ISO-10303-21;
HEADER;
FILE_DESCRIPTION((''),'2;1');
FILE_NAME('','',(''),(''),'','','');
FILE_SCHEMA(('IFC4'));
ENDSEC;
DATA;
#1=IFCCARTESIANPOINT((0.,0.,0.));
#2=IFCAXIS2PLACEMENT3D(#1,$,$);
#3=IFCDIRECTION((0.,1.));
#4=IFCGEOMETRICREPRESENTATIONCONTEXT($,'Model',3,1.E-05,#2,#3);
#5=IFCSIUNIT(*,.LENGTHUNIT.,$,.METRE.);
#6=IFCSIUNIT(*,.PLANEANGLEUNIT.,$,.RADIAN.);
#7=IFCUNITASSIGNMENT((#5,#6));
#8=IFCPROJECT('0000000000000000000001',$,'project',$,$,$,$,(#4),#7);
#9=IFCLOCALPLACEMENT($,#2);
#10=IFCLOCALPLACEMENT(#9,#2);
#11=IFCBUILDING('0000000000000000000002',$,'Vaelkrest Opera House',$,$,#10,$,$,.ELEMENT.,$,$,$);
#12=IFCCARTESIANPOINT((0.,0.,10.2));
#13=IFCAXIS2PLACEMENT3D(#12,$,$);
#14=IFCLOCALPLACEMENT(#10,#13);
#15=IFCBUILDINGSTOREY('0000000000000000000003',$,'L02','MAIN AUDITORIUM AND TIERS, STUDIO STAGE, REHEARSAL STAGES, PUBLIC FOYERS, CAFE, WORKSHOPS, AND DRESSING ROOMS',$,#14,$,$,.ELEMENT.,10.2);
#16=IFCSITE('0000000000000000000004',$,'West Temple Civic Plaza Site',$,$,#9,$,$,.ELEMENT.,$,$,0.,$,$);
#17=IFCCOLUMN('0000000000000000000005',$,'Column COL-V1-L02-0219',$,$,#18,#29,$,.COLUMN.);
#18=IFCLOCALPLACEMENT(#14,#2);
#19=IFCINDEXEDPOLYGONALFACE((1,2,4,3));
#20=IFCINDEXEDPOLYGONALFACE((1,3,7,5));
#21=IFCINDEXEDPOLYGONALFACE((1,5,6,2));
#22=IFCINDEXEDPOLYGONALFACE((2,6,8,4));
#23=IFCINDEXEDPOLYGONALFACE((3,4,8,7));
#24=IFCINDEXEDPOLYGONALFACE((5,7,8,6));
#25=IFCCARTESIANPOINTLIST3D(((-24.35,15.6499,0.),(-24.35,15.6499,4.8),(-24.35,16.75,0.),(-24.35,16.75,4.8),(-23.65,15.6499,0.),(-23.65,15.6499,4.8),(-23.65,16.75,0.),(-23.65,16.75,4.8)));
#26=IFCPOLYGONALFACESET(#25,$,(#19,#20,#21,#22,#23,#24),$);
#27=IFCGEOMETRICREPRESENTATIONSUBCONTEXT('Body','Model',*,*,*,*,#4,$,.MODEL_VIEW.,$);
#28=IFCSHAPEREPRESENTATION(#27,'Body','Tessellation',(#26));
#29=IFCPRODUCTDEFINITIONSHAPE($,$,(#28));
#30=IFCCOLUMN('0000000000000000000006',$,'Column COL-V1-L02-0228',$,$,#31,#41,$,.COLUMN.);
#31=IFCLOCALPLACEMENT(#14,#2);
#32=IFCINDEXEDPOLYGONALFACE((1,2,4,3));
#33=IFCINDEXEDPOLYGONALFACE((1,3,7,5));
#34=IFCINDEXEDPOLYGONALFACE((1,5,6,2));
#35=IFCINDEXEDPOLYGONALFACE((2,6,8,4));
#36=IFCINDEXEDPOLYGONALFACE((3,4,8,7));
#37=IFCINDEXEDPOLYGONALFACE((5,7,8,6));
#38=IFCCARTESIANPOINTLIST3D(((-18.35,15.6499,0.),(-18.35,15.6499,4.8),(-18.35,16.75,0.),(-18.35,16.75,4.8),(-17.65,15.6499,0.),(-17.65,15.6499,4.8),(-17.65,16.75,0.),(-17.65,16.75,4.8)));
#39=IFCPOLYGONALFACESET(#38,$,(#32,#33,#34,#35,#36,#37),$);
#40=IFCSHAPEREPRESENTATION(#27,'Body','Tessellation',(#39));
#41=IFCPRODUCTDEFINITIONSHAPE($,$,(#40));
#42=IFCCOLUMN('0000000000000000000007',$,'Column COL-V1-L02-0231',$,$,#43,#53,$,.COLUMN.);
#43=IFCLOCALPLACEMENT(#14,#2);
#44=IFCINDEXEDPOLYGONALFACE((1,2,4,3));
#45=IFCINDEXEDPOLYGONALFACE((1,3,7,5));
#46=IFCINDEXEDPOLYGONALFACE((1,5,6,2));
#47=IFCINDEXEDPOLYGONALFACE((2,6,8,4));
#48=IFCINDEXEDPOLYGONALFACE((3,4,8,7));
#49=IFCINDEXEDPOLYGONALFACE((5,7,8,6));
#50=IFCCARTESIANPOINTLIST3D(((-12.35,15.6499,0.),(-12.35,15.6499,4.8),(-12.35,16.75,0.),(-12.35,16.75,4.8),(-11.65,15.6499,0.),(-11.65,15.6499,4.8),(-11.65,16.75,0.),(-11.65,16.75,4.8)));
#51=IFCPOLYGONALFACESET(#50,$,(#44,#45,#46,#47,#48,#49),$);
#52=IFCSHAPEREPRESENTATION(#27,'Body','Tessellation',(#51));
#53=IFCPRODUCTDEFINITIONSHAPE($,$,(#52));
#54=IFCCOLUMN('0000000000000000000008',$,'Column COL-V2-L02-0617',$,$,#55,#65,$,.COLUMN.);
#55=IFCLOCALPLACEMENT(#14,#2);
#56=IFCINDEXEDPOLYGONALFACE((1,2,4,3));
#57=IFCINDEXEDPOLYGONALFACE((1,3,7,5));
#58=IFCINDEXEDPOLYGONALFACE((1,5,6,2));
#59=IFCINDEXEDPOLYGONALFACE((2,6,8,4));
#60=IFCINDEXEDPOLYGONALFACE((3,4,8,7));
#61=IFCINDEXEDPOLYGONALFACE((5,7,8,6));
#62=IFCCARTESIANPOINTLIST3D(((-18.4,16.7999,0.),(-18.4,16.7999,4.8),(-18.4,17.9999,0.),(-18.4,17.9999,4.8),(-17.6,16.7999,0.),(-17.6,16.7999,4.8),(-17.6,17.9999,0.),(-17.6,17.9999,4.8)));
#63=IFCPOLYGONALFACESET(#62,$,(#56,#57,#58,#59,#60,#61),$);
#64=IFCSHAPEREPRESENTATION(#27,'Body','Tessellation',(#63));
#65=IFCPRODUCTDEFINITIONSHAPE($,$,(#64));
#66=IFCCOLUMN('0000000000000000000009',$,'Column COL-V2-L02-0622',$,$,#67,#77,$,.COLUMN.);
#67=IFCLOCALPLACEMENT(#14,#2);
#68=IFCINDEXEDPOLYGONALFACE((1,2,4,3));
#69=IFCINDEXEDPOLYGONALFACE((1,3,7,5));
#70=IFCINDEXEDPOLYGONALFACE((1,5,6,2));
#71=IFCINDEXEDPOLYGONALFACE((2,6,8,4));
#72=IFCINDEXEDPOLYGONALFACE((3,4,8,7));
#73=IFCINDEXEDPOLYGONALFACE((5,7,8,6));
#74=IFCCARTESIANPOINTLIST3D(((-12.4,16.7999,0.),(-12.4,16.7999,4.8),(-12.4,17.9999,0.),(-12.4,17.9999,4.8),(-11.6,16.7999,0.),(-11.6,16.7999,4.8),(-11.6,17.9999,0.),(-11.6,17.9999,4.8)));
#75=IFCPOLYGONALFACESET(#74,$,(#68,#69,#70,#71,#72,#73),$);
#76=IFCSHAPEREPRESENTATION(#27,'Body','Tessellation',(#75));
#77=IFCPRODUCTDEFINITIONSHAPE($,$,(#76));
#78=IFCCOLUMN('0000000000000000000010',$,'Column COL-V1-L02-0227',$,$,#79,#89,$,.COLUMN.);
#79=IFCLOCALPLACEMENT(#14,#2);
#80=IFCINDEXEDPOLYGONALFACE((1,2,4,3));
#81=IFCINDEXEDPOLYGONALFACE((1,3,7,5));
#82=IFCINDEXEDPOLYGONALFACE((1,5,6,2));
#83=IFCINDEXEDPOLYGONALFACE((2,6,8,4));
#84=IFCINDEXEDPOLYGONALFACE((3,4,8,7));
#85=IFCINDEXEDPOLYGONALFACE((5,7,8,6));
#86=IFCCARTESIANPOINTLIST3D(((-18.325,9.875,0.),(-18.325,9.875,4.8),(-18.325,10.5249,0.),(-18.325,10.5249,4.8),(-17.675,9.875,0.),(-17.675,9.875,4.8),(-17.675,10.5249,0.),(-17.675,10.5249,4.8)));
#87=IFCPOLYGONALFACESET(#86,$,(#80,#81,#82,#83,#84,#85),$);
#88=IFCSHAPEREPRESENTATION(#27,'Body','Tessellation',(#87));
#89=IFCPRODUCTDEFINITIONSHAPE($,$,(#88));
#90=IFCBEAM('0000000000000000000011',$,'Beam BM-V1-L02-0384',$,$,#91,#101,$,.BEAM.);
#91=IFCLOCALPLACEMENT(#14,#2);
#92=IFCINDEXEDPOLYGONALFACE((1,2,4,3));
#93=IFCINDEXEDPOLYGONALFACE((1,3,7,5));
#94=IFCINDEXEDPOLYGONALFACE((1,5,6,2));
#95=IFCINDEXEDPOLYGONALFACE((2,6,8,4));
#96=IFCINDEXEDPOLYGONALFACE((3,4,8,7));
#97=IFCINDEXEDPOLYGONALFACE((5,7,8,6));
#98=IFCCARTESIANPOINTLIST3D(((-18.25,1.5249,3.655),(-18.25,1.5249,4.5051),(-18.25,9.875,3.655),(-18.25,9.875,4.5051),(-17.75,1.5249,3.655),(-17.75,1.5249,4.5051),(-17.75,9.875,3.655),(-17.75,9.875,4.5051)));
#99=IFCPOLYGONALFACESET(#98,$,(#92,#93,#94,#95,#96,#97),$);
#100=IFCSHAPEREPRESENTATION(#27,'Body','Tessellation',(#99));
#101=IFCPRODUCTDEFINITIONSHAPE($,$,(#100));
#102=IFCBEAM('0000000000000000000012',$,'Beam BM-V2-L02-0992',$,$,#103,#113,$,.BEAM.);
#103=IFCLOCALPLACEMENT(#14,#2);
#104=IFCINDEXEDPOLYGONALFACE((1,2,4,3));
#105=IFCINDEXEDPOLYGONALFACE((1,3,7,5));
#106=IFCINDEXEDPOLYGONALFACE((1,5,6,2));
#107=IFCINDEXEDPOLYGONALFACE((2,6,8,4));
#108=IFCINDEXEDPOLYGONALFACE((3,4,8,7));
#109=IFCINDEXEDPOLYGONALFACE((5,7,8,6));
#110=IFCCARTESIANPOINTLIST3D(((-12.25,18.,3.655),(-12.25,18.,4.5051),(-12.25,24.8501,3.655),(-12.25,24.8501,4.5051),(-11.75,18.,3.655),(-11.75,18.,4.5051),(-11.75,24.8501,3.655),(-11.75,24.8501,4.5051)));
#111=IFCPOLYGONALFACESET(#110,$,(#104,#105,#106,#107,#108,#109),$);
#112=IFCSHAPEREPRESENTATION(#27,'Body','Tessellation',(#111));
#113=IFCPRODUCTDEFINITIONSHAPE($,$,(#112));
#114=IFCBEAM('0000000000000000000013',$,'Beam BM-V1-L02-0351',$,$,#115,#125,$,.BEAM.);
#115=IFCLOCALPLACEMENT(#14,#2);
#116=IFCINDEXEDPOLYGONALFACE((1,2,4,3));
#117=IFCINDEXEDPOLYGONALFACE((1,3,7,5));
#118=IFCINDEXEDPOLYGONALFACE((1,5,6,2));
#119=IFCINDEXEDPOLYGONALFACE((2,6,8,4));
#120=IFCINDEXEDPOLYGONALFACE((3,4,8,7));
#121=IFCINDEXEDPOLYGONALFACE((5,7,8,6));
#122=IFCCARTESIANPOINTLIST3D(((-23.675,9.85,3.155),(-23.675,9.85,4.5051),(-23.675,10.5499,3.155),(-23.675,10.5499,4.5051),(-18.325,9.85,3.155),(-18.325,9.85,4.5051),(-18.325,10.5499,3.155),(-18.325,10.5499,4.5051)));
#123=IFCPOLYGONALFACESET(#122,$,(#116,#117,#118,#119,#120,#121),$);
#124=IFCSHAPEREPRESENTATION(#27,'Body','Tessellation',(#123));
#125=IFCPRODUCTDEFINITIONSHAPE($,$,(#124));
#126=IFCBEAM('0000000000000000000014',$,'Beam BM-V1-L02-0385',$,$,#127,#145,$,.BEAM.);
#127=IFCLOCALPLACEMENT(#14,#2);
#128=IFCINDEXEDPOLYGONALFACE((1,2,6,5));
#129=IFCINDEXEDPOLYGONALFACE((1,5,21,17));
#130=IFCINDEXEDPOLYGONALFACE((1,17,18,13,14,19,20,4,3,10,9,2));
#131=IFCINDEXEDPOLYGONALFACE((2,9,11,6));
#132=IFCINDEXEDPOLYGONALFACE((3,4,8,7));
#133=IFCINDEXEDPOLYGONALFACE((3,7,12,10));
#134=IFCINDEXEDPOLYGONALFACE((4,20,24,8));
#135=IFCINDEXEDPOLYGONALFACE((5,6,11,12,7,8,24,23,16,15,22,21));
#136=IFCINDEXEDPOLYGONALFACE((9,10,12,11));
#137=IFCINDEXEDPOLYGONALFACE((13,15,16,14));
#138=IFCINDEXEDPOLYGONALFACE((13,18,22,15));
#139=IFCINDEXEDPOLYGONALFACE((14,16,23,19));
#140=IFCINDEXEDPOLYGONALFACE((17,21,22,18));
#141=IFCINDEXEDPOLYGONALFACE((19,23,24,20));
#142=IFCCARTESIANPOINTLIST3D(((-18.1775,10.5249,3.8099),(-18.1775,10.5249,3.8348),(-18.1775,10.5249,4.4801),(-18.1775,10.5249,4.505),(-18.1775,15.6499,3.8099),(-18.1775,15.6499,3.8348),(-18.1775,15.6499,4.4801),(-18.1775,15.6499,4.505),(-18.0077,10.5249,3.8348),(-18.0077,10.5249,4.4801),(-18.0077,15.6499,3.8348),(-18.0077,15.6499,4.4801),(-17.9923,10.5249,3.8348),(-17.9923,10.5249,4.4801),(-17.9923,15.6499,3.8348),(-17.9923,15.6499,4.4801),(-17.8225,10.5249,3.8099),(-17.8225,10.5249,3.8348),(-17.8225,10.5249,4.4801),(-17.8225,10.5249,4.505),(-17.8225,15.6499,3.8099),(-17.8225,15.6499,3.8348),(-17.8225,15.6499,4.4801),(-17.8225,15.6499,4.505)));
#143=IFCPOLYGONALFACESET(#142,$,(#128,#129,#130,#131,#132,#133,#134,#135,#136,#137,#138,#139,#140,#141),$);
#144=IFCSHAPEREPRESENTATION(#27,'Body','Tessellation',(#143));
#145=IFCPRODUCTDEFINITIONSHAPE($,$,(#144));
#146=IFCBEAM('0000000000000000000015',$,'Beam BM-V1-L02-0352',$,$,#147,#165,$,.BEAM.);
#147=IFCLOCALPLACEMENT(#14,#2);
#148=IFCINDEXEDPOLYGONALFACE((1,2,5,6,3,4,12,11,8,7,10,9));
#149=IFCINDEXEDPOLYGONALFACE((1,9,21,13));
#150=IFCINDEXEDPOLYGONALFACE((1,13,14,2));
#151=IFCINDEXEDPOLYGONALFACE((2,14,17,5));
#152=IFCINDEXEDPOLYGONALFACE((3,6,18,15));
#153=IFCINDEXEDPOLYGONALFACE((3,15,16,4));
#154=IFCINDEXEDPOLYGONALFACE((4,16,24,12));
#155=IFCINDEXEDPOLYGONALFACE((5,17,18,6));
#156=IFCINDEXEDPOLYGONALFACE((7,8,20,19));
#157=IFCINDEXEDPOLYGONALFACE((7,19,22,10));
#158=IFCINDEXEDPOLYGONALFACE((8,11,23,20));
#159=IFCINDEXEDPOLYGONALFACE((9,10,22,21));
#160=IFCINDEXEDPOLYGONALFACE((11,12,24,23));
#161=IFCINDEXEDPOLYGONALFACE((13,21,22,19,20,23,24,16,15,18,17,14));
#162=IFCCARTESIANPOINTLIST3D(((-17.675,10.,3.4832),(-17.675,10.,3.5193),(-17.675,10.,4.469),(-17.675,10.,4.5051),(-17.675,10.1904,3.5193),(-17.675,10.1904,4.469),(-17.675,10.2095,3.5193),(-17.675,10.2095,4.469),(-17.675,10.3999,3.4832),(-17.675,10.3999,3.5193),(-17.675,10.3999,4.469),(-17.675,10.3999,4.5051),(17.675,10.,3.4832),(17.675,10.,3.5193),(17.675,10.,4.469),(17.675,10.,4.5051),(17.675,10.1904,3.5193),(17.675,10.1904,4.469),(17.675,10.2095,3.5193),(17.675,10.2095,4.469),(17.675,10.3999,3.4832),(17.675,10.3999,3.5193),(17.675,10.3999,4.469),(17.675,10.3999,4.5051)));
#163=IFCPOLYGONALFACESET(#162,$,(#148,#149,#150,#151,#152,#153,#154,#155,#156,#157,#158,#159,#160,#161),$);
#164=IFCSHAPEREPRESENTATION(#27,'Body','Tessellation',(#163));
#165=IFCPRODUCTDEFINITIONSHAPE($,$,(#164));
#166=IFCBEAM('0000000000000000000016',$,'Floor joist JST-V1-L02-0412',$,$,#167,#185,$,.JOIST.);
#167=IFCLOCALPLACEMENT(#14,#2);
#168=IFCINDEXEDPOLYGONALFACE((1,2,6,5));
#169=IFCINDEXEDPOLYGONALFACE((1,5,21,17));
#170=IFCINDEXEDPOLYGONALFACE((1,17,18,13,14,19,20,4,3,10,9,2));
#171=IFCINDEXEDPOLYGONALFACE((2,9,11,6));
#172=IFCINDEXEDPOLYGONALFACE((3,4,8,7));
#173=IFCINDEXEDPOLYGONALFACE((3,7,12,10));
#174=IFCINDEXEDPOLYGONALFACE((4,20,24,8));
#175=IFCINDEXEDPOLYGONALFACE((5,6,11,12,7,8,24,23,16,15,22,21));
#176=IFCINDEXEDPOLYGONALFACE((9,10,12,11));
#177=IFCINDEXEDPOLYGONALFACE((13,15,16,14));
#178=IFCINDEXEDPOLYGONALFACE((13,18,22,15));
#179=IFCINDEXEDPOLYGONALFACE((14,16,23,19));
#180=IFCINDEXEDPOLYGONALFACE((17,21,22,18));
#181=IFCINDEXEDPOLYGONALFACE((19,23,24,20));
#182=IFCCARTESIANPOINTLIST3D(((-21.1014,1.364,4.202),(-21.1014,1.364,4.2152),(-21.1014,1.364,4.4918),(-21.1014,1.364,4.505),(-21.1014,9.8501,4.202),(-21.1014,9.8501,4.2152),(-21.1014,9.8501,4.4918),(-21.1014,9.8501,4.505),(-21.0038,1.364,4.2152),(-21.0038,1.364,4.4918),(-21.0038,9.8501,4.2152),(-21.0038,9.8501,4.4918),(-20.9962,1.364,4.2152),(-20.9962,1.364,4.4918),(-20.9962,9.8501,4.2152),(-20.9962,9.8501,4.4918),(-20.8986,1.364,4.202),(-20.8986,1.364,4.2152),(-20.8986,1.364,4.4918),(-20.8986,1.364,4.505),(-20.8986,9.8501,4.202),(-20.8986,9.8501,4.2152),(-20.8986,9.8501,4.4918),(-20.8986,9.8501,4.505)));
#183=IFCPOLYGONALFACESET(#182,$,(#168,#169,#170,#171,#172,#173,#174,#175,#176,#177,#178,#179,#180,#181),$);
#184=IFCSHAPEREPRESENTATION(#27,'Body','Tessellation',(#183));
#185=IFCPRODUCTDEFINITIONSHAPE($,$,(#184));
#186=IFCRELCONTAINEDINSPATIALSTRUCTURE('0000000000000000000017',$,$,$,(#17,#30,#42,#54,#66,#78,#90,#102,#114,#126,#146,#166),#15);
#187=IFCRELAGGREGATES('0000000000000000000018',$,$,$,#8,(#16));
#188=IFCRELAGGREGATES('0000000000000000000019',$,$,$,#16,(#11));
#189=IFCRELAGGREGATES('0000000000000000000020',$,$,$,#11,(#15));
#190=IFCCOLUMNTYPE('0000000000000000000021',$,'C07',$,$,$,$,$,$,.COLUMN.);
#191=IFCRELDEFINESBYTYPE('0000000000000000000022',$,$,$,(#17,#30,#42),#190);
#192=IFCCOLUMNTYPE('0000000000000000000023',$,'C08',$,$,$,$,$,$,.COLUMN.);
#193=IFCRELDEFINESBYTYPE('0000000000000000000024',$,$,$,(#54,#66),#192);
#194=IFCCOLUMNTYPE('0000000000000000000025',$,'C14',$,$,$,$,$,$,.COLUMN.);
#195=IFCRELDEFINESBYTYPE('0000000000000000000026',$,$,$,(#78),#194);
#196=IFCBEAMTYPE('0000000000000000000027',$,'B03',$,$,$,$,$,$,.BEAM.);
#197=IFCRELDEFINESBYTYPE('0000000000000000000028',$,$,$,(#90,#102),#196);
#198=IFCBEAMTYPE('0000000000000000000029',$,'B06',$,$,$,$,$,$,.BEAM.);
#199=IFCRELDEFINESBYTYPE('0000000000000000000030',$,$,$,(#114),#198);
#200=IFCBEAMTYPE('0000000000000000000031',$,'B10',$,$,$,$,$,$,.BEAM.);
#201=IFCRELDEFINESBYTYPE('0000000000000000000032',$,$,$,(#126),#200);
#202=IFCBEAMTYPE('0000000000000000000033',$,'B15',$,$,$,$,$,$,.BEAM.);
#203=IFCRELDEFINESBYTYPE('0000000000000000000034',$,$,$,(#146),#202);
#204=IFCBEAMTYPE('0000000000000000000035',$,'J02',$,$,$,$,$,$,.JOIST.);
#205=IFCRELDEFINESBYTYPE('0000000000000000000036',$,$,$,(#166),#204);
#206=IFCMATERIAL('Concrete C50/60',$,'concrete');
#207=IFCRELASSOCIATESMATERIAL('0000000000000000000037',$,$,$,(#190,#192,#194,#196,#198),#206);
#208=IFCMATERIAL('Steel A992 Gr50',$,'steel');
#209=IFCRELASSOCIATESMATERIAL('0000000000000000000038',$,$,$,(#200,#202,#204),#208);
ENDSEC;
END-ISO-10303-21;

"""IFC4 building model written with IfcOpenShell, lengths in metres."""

from ifc_helpers import new_model, si_unit, direction, frame, origin, origin_2d, place, context, subcontext, project, spatial, rectangle, i_section, extrude, material, material_profile, profile_set, type_object, element, save


model = new_model("IFC4")

# Units and contexts
model_context = context("Model", 3, precision=1e-05, world=origin(), true_north=direction((0.0, 1.0)))
body_context = subcontext(model_context, "Body", "Model", "MODEL_VIEW")
ifc_project = project(units=[si_unit("LENGTHUNIT", "METRE"), si_unit("PLANEANGLEUNIT", "RADIAN")], contexts=[model_context])

# Site, building, storey
site_placement = place(None, origin())
site = spatial("IfcSite", under=ifc_project, at=site_placement, Name="West Temple Civic Plaza Site", CompositionType="ELEMENT", RefElevation=0.0)
building_placement = place(site_placement, origin())
building = spatial("IfcBuilding", under=site, at=building_placement, Name="Vaelkrest Opera House", CompositionType="ELEMENT")
storey_placement = place(building_placement, frame((0.0, 0.0, 10.2)))
storey = spatial("IfcBuildingStorey", under=building, at=storey_placement, Name="L02", Description="MAIN AUDITORIUM AND TIERS, STUDIO STAGE, REHEARSAL STAGES, PUBLIC FOYERS, CAFE, WORKSHOPS, AND DRESSING ROOMS", CompositionType="ELEMENT", Elevation=10.2)

# Columns
ifc_material_1 = material(Name="Concrete C50/60", Category="concrete")
ifc_material_profile_1 = material_profile(ifc_material_1, rectangle(XDim=0.7, YDim=1.1001, at=origin_2d()), Name="RC700X1100")
ifc_profile_set_1 = profile_set([ifc_material_profile_1], Name="Concrete C50/60")
column_type_1 = type_object("IfcColumnType", Name="C07", PredefinedType="COLUMN", material=ifc_profile_set_1)
for number, where, z_axis, x_axis, name in (
    (1, (-24.0, 16.2, 0.0), (0.0, 0.0, 1.0), (1.0, 0.0, 0.0), "Column COL-V1-L02-0219"),
    (2, (-18.0, 16.2, 0.0), (0.0, 0.0, 1.0), (1.0, 0.0, 0.0), "Column COL-V1-L02-0228"),
    (3, (-12.0, 16.2, 0.0), (0.0, 0.0, 1.0), (1.0, 0.0, 0.0), "Column COL-V1-L02-0231"),
):
    element("IfcColumn", number, at=place(storey_placement, frame(where, z_axis=z_axis, x_axis=x_axis)), inside=storey, type_object=column_type_1, Name=name, PredefinedType="COLUMN", context=body_context, shape_type="SweptSolid", body=[
        extrude(rectangle(XDim=0.7, YDim=1.1001, at=origin_2d()), origin(), (0.0, 0.0, 1.0), 4.8),
    ])
ifc_material_profile_2 = material_profile(ifc_material_1, rectangle(XDim=0.8, YDim=1.2, at=origin_2d()), Name="RC800X1200")
ifc_profile_set_2 = profile_set([ifc_material_profile_2], Name="Concrete C50/60")
column_type_2 = type_object("IfcColumnType", Name="C08", PredefinedType="COLUMN", material=ifc_profile_set_2)
for number, where, z_axis, x_axis, name in (
    (4, (-18.0, 17.3999, 0.0), (0.0, 0.0, 1.0), (1.0, 0.0, 0.0), "Column COL-V2-L02-0617"),
    (5, (-12.0, 17.3999, 0.0), (0.0, 0.0, 1.0), (1.0, 0.0, 0.0), "Column COL-V2-L02-0622"),
):
    element("IfcColumn", number, at=place(storey_placement, frame(where, z_axis=z_axis, x_axis=x_axis)), inside=storey, type_object=column_type_2, Name=name, PredefinedType="COLUMN", context=body_context, shape_type="SweptSolid", body=[
        extrude(rectangle(XDim=0.8, YDim=1.2, at=origin_2d()), origin(), (0.0, 0.0, 1.0), 4.8),
    ])
ifc_material_profile_3 = material_profile(ifc_material_1, rectangle(XDim=0.6499, YDim=0.6499, at=origin_2d()), Name="RC650X650")
ifc_profile_set_3 = profile_set([ifc_material_profile_3], Name="Concrete C50/60")
column_type_3 = type_object("IfcColumnType", Name="C14", PredefinedType="COLUMN", material=ifc_profile_set_3)
column_placement = place(storey_placement, frame((-18.0, 10.2, 0.0), z_axis=(0.0, 0.0, 1.0), x_axis=(1.0, 0.0, 0.0)))
element("IfcColumn", 6, at=column_placement, inside=storey, type_object=column_type_3, Name="Column COL-V1-L02-0227", PredefinedType="COLUMN", context=body_context, shape_type="SweptSolid", body=[
    extrude(rectangle(XDim=0.6499, YDim=0.6499, at=origin_2d()), origin(), (0.0, 0.0, 1.0), 4.8),
])

# Beams
ifc_material_profile_4 = material_profile(ifc_material_1, rectangle(XDim=0.5, YDim=0.8501, at=origin_2d()), Name="RCB500X850")
ifc_profile_set_4 = profile_set([ifc_material_profile_4], Name="Concrete C50/60")
beam_type_1 = type_object("IfcBeamType", Name="B03", PredefinedType="BEAM", material=ifc_profile_set_4)
beam_1_placement = place(storey_placement, frame((-18.0, 1.5249, 4.0801), z_axis=(0.0, 1.0, 0.0), x_axis=(-1.0, 0.0, 0.0)))
element("IfcBeam", 7, at=beam_1_placement, inside=storey, type_object=beam_type_1, Name="Beam BM-V1-L02-0384", PredefinedType="BEAM", context=body_context, shape_type="SweptSolid", body=[
    extrude(rectangle(XDim=0.5, YDim=0.8501, at=origin_2d()), origin(), (0.0, 0.0, 1.0), 8.3501),
])
beam_2_placement = place(storey_placement, frame((-12.0, 18.0, 4.0801), z_axis=(0.0, 1.0, 0.0), x_axis=(-1.0, 0.0, 0.0)))
element("IfcBeam", 8, at=beam_2_placement, inside=storey, type_object=beam_type_1, Name="Beam BM-V2-L02-0992", PredefinedType="BEAM", context=body_context, shape_type="SweptSolid", body=[
    extrude(rectangle(XDim=0.5, YDim=0.8501, at=origin_2d()), origin(), (0.0, 0.0, 1.0), 6.8501),
])
ifc_material_profile_5 = material_profile(ifc_material_1, rectangle(XDim=0.7, YDim=1.3501, at=origin_2d()), Name="RCB700X1350")
ifc_profile_set_5 = profile_set([ifc_material_profile_5], Name="Concrete C50/60")
beam_type_2 = type_object("IfcBeamType", Name="B06", PredefinedType="BEAM", material=ifc_profile_set_5)
beam_3_placement = place(storey_placement, frame((-23.675, 10.2, 3.8301), z_axis=(1.0, 0.0, 0.0), x_axis=(0.0, 1.0, 0.0)))
element("IfcBeam", 9, at=beam_3_placement, inside=storey, type_object=beam_type_2, Name="Beam BM-V1-L02-0351", PredefinedType="BEAM", context=body_context, shape_type="SweptSolid", body=[
    extrude(rectangle(XDim=0.7, YDim=1.3501, at=origin_2d()), origin(), (0.0, 0.0, 1.0), 5.3501),
])
ifc_material_2 = material(Name="Steel A992 Gr50", Category="steel")
ifc_material_profile_6 = material_profile(ifc_material_2, i_section(OverallWidth=0.355, OverallDepth=0.6951, WebThickness=0.0154, FlangeThickness=0.0249, at=origin_2d()), Name="W27X146")
ifc_profile_set_6 = profile_set([ifc_material_profile_6], Name="Steel A992 Gr50")
beam_type_3 = type_object("IfcBeamType", Name="B10", PredefinedType="BEAM", material=ifc_profile_set_6)
beam_4_placement = place(storey_placement, frame((-18.0, 10.5249, 4.1575), z_axis=(0.0, 1.0, 0.0), x_axis=(-1.0, 0.0, 0.0)))
element("IfcBeam", 10, at=beam_4_placement, inside=storey, type_object=beam_type_3, Name="Beam BM-V1-L02-0385", PredefinedType="BEAM", context=body_context, shape_type="SweptSolid", body=[
    extrude(i_section(OverallWidth=0.355, OverallDepth=0.6951, WebThickness=0.0154, FlangeThickness=0.0249, at=origin_2d()), origin(), (0.0, 0.0, 1.0), 5.125),
])
ifc_material_profile_7 = material_profile(ifc_material_2, i_section(OverallWidth=0.3999, OverallDepth=1.022, WebThickness=0.019, FlangeThickness=0.0361, at=origin_2d()), Name="W40X249")
ifc_profile_set_7 = profile_set([ifc_material_profile_7], Name="Steel A992 Gr50")
beam_type_4 = type_object("IfcBeamType", Name="B15", PredefinedType="BEAM", material=ifc_profile_set_7)
beam_5_placement = place(storey_placement, frame((-17.675, 10.2, 3.9941), z_axis=(1.0, 0.0, 0.0), x_axis=(0.0, 1.0, 0.0)))
element("IfcBeam", 11, at=beam_5_placement, inside=storey, type_object=beam_type_4, Name="Beam BM-V1-L02-0352", PredefinedType="BEAM", context=body_context, shape_type="SweptSolid", body=[
    extrude(i_section(OverallWidth=0.3999, OverallDepth=1.022, WebThickness=0.019, FlangeThickness=0.0361, at=origin_2d()), origin(), (0.0, 0.0, 1.0), 35.3501),
])
ifc_material_profile_8 = material_profile(ifc_material_2, i_section(OverallWidth=0.2029, OverallDepth=0.303, WebThickness=0.0076, FlangeThickness=0.0132, at=origin_2d()), Name="W12X40")
ifc_profile_set_8 = profile_set([ifc_material_profile_8], Name="Steel A992 Gr50")
beam_type_5 = type_object("IfcBeamType", Name="J02", PredefinedType="JOIST", material=ifc_profile_set_8)
beam_6_placement = place(storey_placement, frame((-21.0, 1.364, 4.3535), z_axis=(0.0, 1.0, 0.0), x_axis=(-1.0, 0.0, 0.0)))
element("IfcBeam", 12, at=beam_6_placement, inside=storey, type_object=beam_type_5, Name="Floor joist JST-V1-L02-0412", PredefinedType="JOIST", context=body_context, shape_type="SweptSolid", body=[
    extrude(i_section(OverallWidth=0.2029, OverallDepth=0.303, WebThickness=0.0076, FlangeThickness=0.0132, at=origin_2d()), origin(), (0.0, 0.0, 1.0), 8.4861),
])

save(model, "model.ifc")
